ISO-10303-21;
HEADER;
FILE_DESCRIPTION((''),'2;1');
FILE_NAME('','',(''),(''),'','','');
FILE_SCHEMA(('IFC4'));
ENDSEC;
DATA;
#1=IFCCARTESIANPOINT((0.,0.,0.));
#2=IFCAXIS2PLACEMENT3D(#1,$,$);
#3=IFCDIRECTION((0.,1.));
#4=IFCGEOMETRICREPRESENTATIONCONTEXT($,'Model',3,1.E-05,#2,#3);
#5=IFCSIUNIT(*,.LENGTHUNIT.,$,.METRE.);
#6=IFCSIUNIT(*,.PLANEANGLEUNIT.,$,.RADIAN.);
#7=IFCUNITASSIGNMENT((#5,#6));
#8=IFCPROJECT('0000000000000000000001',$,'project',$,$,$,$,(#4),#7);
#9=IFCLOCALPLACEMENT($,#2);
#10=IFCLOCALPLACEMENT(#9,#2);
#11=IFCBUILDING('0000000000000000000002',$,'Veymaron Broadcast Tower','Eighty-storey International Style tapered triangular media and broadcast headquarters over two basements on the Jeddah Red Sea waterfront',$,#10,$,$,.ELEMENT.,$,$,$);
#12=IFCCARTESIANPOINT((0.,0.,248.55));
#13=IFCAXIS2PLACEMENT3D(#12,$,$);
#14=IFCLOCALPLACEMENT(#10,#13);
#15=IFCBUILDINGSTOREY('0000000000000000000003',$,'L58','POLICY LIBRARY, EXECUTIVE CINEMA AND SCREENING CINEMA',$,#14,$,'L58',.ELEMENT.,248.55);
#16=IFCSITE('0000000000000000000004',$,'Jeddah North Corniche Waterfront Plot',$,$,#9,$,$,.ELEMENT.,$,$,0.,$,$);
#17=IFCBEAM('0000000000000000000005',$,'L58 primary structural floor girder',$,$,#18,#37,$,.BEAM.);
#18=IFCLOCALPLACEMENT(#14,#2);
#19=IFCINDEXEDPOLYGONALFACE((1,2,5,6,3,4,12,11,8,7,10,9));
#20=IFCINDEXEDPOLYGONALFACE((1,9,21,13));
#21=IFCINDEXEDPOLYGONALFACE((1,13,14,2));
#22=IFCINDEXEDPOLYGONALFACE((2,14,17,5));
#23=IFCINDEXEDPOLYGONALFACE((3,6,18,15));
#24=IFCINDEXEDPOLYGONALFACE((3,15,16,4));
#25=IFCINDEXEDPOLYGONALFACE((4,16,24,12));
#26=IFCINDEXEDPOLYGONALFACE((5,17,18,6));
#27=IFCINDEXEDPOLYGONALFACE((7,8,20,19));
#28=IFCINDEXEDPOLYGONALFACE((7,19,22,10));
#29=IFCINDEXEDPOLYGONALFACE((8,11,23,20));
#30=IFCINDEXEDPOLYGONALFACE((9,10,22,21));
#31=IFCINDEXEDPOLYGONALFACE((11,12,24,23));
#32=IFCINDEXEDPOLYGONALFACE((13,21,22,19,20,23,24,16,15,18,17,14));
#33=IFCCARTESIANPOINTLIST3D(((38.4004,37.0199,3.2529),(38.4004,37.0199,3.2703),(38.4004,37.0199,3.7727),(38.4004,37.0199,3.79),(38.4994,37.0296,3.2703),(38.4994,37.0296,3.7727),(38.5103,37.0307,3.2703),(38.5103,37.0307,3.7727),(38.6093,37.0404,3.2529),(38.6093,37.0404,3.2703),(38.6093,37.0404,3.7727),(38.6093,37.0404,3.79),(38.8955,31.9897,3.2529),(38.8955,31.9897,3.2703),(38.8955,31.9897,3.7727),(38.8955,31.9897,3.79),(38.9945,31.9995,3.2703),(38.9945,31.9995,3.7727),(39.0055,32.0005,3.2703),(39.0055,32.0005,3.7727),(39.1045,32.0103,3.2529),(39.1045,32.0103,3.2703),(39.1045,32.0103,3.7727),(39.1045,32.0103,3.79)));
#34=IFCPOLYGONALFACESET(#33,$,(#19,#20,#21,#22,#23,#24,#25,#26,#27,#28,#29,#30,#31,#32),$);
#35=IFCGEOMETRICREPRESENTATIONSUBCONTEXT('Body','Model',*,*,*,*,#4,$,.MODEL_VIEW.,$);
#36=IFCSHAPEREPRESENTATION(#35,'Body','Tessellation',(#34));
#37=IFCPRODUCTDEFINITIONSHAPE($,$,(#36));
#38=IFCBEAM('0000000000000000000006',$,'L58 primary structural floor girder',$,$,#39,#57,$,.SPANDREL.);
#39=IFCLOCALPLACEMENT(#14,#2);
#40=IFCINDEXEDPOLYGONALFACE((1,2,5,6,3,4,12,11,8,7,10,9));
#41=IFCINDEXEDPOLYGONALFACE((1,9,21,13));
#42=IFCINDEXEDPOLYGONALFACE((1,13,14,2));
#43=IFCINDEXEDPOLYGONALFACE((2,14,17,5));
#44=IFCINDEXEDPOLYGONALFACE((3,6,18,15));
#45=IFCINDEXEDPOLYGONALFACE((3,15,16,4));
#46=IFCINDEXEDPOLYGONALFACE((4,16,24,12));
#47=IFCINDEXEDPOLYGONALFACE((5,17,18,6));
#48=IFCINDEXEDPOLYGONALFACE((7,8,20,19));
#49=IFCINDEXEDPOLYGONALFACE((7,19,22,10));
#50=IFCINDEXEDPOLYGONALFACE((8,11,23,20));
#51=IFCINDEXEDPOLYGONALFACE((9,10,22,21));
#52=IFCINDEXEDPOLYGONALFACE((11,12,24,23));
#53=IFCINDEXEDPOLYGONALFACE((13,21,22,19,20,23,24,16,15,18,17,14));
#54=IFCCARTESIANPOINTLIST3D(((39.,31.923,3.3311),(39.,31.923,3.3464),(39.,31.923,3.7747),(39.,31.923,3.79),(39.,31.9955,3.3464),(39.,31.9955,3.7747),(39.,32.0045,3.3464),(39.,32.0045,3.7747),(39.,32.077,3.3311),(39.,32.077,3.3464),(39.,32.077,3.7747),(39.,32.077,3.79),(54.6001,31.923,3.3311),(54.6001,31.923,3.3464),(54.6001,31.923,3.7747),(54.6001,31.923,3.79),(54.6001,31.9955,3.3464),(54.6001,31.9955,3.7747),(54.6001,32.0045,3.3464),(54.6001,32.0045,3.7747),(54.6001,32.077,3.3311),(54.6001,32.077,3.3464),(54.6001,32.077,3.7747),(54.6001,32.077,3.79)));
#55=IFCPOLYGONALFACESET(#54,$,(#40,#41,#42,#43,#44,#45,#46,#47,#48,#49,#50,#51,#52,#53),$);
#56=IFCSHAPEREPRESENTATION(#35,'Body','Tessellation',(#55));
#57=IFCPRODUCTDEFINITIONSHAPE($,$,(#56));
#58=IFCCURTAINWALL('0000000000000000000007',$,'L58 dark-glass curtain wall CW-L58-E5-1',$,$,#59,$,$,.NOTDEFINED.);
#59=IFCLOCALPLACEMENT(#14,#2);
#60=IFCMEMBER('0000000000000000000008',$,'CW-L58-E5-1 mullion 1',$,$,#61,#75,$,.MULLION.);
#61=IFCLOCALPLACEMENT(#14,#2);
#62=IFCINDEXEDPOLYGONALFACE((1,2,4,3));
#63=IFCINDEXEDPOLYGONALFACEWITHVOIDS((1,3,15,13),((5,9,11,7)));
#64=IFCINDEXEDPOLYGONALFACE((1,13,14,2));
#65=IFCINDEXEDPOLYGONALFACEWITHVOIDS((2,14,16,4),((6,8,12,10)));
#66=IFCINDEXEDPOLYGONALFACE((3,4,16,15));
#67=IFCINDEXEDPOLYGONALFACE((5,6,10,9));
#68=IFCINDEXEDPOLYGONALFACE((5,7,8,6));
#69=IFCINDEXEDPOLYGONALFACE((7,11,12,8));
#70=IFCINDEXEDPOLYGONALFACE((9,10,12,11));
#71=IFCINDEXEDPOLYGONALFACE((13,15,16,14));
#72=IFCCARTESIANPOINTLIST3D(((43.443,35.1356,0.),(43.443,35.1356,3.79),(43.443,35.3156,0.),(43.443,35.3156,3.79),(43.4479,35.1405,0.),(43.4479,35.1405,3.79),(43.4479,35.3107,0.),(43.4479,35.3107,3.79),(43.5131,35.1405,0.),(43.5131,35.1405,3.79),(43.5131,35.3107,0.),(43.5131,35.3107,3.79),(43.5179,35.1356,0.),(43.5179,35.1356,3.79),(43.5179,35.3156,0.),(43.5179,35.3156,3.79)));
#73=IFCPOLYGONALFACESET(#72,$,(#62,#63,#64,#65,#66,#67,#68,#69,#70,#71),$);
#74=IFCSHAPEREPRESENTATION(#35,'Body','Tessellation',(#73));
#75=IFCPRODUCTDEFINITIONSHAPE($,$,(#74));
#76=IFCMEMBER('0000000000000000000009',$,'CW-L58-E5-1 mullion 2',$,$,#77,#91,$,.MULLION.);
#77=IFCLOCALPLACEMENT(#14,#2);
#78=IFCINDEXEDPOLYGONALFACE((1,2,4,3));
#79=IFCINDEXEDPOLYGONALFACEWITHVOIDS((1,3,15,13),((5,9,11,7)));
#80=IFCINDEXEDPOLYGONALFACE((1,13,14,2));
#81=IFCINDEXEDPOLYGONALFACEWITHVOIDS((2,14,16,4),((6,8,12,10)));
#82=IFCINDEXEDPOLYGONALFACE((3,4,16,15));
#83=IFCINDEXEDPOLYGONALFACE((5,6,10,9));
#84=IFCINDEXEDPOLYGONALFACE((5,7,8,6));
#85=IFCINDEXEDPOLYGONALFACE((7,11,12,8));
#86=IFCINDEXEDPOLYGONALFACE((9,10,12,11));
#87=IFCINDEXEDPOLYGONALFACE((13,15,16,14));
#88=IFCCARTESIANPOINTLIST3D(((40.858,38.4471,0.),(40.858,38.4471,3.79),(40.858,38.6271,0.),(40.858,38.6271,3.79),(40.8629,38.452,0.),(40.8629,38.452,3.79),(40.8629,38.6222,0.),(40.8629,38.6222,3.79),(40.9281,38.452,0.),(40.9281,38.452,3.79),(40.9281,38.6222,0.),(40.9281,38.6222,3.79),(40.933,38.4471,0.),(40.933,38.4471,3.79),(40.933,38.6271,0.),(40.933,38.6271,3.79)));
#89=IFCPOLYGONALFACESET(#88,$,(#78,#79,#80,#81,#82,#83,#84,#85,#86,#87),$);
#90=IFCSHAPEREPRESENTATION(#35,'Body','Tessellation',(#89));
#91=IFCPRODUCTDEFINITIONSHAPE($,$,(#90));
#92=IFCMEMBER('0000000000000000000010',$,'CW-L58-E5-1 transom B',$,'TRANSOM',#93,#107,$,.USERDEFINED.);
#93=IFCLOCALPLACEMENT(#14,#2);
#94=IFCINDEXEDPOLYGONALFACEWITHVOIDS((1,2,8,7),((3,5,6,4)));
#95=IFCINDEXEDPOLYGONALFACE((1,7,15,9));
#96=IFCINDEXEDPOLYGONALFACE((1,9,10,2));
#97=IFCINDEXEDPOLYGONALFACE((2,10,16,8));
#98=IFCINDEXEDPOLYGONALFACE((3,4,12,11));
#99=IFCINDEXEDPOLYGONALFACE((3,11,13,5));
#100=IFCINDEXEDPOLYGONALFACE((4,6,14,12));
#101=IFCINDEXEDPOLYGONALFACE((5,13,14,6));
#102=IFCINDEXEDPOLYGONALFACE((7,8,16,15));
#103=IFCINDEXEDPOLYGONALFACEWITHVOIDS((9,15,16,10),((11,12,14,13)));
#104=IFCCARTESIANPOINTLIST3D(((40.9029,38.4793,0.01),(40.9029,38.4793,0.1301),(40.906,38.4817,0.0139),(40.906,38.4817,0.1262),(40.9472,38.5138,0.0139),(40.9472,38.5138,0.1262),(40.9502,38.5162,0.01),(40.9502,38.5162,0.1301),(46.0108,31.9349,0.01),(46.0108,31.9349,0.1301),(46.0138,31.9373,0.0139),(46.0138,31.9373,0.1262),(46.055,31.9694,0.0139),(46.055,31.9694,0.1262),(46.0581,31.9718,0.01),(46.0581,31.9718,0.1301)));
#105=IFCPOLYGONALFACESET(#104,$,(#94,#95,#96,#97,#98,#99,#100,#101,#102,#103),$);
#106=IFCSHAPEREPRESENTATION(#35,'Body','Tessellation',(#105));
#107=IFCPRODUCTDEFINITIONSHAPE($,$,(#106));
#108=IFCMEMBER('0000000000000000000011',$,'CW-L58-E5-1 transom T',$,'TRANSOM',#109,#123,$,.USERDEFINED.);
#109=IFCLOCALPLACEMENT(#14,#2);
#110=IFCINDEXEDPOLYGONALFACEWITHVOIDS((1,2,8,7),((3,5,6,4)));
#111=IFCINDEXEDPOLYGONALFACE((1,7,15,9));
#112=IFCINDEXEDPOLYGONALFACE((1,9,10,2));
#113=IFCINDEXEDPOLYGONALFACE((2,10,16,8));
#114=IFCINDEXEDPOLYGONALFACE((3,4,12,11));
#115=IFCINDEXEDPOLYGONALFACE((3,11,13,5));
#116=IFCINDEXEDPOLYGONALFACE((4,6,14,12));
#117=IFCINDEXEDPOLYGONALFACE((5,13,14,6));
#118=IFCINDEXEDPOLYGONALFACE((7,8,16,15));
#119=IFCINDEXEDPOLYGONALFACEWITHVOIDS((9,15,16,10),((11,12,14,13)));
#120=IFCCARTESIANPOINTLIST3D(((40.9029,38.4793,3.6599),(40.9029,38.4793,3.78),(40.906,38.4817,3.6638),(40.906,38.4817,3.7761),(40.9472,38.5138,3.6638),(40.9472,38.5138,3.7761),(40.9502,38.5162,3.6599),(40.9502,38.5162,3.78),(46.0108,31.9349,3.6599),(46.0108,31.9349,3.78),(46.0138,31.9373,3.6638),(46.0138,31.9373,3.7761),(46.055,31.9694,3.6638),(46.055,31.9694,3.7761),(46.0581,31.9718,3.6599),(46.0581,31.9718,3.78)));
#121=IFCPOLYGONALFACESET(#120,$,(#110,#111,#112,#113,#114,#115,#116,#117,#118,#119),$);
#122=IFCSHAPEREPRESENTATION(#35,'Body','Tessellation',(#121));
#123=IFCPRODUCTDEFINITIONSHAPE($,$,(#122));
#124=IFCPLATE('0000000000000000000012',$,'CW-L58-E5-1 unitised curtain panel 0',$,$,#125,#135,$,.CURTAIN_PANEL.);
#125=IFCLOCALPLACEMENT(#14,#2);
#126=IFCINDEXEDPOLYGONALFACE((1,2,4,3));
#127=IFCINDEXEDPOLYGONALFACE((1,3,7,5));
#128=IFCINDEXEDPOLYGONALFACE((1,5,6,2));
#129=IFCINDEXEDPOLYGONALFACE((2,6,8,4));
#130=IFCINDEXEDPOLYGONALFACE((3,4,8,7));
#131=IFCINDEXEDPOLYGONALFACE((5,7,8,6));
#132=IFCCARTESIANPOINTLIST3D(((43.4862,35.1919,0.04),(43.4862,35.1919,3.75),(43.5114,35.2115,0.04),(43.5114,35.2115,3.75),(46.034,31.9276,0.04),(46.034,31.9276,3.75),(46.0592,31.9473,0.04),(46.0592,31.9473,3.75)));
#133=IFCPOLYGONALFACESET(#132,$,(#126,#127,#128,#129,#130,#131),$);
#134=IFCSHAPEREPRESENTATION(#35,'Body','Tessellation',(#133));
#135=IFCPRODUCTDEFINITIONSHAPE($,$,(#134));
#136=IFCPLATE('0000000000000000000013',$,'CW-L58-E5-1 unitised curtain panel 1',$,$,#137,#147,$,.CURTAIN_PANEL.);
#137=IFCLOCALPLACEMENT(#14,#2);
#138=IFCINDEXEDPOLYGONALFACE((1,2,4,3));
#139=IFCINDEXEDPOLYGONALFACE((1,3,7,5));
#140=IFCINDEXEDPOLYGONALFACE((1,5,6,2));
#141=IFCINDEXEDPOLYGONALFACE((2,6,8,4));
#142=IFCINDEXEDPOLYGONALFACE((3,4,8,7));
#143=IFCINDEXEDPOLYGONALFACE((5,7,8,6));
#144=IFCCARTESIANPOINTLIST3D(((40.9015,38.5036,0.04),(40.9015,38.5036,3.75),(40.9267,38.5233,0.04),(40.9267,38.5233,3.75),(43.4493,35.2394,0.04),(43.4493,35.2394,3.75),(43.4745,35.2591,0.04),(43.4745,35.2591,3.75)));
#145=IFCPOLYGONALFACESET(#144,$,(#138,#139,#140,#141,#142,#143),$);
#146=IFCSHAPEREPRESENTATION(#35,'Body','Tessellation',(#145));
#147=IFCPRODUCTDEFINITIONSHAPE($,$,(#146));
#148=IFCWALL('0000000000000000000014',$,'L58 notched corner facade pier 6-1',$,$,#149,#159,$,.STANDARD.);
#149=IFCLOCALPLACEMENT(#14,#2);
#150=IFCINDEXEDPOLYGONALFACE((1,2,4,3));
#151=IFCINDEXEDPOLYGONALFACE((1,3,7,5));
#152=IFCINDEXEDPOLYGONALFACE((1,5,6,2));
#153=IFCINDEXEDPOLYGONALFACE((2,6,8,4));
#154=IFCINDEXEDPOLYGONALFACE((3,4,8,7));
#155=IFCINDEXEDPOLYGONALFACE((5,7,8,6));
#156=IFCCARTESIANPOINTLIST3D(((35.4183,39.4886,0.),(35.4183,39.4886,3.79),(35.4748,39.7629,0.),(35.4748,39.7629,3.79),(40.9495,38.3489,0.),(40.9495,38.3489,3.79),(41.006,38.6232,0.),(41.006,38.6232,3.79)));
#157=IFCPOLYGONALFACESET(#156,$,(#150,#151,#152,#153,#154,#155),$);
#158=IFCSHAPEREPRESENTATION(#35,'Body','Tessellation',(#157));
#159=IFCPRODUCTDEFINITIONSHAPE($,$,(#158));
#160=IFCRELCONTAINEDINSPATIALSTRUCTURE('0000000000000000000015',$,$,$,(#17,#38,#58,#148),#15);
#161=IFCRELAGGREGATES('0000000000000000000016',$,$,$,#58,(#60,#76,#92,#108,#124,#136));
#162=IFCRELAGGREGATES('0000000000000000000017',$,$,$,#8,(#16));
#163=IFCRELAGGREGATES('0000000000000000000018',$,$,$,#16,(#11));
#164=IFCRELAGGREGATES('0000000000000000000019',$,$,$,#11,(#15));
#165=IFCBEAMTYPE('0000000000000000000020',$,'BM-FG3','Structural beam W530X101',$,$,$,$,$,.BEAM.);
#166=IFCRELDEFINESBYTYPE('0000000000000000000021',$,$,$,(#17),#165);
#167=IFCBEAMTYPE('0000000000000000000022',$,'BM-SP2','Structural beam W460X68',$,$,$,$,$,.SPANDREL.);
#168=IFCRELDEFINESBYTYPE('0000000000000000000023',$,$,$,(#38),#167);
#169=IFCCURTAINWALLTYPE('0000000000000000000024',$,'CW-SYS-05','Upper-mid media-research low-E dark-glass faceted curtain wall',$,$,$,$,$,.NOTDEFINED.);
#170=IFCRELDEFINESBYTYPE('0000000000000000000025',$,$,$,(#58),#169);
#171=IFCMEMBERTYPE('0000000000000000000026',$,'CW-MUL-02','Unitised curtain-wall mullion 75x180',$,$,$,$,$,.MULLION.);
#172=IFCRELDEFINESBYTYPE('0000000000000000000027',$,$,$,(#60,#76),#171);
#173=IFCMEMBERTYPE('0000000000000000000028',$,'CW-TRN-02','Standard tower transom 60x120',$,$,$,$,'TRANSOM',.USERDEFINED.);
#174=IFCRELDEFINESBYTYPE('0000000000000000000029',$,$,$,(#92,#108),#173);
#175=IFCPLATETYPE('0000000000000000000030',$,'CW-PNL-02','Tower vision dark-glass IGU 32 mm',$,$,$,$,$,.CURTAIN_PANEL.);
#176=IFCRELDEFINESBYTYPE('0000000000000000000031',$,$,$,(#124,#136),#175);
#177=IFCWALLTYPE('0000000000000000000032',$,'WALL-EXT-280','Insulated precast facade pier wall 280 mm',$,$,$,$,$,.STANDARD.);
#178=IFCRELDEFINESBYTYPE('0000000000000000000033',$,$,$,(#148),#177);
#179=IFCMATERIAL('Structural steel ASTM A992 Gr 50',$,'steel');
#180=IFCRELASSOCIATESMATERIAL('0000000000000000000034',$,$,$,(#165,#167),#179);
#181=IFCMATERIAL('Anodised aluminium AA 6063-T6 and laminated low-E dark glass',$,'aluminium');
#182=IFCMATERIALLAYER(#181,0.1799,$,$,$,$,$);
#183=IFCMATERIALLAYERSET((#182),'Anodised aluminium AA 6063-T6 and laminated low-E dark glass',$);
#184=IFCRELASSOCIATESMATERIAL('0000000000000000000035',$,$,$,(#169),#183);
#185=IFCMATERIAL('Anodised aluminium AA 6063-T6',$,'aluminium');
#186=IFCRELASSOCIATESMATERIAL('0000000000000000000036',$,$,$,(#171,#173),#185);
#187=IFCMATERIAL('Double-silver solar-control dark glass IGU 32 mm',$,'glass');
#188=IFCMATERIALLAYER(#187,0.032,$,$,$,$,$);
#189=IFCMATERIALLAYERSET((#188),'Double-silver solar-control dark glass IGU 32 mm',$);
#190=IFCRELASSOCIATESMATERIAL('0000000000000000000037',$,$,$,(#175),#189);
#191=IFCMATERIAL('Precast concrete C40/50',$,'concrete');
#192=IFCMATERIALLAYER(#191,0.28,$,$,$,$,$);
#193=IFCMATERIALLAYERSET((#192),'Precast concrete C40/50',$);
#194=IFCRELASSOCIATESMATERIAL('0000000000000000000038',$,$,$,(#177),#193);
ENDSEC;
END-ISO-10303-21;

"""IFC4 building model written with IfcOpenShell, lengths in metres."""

from ifc_helpers import new_model, si_unit, direction, frame, frame_2d, origin, origin_2d, place, context, subcontext, project, spatial, rectangle, hollow_rectangle, i_section, extrude, material, layer, layer_set, material_profile, profile_set, type_object, element, aggregate, save


model = new_model("IFC4")

# Units and contexts
model_context = context("Model", 3, precision=1e-05, world=origin(), true_north=direction((0.0, 1.0)))
body_context = subcontext(model_context, "Body", "Model", "MODEL_VIEW")
ifc_project = project(units=[si_unit("LENGTHUNIT", "METRE"), si_unit("PLANEANGLEUNIT", "RADIAN")], contexts=[model_context])

# Site, building, storey
site_placement = place(None, origin())
site = spatial("IfcSite", under=ifc_project, at=site_placement, Name="Jeddah North Corniche Waterfront Plot", CompositionType="ELEMENT", RefElevation=0.0)
building_placement = place(site_placement, origin())
building = spatial("IfcBuilding", under=site, at=building_placement, Name="Veymaron Broadcast Tower", Description="Eighty-storey International Style tapered triangular media and broadcast headquarters over two basements on the Jeddah Red Sea waterfront", CompositionType="ELEMENT")
storey_placement = place(building_placement, frame((0.0, 0.0, 248.55)))
storey = spatial("IfcBuildingStorey", under=building, at=storey_placement, Name="L58", Description="POLICY LIBRARY, EXECUTIVE CINEMA AND SCREENING CINEMA", LongName="L58", CompositionType="ELEMENT", Elevation=248.55)

# Beams
ifc_material_1 = material(Name="Structural steel ASTM A992 Gr 50", Category="steel")
ifc_material_profile_1 = material_profile(ifc_material_1, i_section(OverallWidth=0.21, OverallDepth=0.5371, WebThickness=0.011, FlangeThickness=0.0173, at=origin_2d()), Name="W530X101")
ifc_profile_set_1 = profile_set([ifc_material_profile_1], Name="Structural steel ASTM A992 Gr 50")
beam_type_1 = type_object("IfcBeamType", Name="BM-FG3", Description="Structural beam W530X101", PredefinedType="BEAM", material=ifc_profile_set_1)
beam_1_placement = place(storey_placement, frame((39.0, 32.0, 3.5215), z_axis=(-0.097959, 0.99519, 0.0), x_axis=(-0.99519, -0.097959, 0.0)))
element("IfcBeam", 1, at=beam_1_placement, inside=storey, type_object=beam_type_1, Name="L58 primary structural floor girder", PredefinedType="BEAM", context=body_context, shape_type="SweptSolid", body=[
    extrude(i_section(OverallWidth=0.21, OverallDepth=0.5371, WebThickness=0.011, FlangeThickness=0.0173, at=origin_2d()), origin(), (0.0, 0.0, 1.0), 5.0544),
])
ifc_material_profile_2 = material_profile(ifc_material_1, i_section(OverallWidth=0.1541, OverallDepth=0.459, WebThickness=0.009, FlangeThickness=0.0154, at=origin_2d()), Name="W460X68")
ifc_profile_set_2 = profile_set([ifc_material_profile_2], Name="Structural steel ASTM A992 Gr 50")
beam_type_2 = type_object("IfcBeamType", Name="BM-SP2", Description="Structural beam W460X68", PredefinedType="SPANDREL", material=ifc_profile_set_2)
beam_2_placement = place(storey_placement, frame((39.0, 32.0, 3.5605), z_axis=(1.0, 0.0, 0.0), x_axis=(0.0, 1.0, 0.0)))
element("IfcBeam", 2, at=beam_2_placement, inside=storey, type_object=beam_type_2, Name="L58 primary structural floor girder", PredefinedType="SPANDREL", context=body_context, shape_type="SweptSolid", body=[
    extrude(i_section(OverallWidth=0.1541, OverallDepth=0.459, WebThickness=0.009, FlangeThickness=0.0154, at=origin_2d()), origin(), (0.0, 0.0, 1.0), 15.6001),
])

# Curtain wall, members, plates
ifc_material_2 = material(Name="Anodised aluminium AA 6063-T6 and laminated low-E dark glass", Category="aluminium")
ifc_layer_1 = layer(ifc_material_2, 0.1799)
ifc_layer_set_1 = layer_set([ifc_layer_1], Name="Anodised aluminium AA 6063-T6 and laminated low-E dark glass")
curtain_wall_type = type_object("IfcCurtainWallType", Name="CW-SYS-05", Description="Upper-mid media-research low-E dark-glass faceted curtain wall", PredefinedType="NOTDEFINED", material=ifc_layer_set_1)
curtain_wall_placement = place(storey_placement, origin())
curtain_wall = element("IfcCurtainWall", 3, at=curtain_wall_placement, inside=storey, type_object=curtain_wall_type, Name="L58 dark-glass curtain wall CW-L58-E5-1", PredefinedType="NOTDEFINED")
ifc_material_3 = material(Name="Anodised aluminium AA 6063-T6", Category="aluminium")
ifc_material_profile_3 = material_profile(ifc_material_3, hollow_rectangle(XDim=0.075, YDim=0.1799, WallThickness=0.0049, at=origin_2d()), Name="AL180X75X5")
ifc_profile_set_3 = profile_set([ifc_material_profile_3], Name="Anodised aluminium AA 6063-T6")
member_type_1 = type_object("IfcMemberType", Name="CW-MUL-02", Description="Unitised curtain-wall mullion 75x180", PredefinedType="MULLION", material=ifc_profile_set_3)
member_1_placement = place(storey_placement, frame((43.4805, 35.2256, 0.0), z_axis=(0.0, 0.0, 1.0), x_axis=(1.0, 0.0, 0.0)))
member_1 = element("IfcMember", 4, at=member_1_placement, type_object=member_type_1, Name="CW-L58-E5-1 mullion 1", PredefinedType="MULLION", context=body_context, shape_type="SweptSolid", body=[
    extrude(hollow_rectangle(XDim=0.075, YDim=0.1799, WallThickness=0.0049, at=origin_2d()), origin(), (0.0, 0.0, 1.0), 3.79),
])
member_2_placement = place(storey_placement, frame((40.8955, 38.5371, 0.0), z_axis=(0.0, 0.0, 1.0), x_axis=(1.0, 0.0, 0.0)))
member_2 = element("IfcMember", 5, at=member_2_placement, type_object=member_type_1, Name="CW-L58-E5-1 mullion 2", PredefinedType="MULLION", context=body_context, shape_type="SweptSolid", body=[
    extrude(hollow_rectangle(XDim=0.075, YDim=0.1799, WallThickness=0.0049, at=origin_2d()), origin(), (0.0, 0.0, 1.0), 3.79),
])
ifc_material_profile_4 = material_profile(ifc_material_3, hollow_rectangle(XDim=0.0601, YDim=0.1201, WallThickness=0.0039, at=origin_2d()), Name="AL120X60X4")
ifc_profile_set_4 = profile_set([ifc_material_profile_4], Name="Anodised aluminium AA 6063-T6")
member_type_2 = type_object("IfcMemberType", Name="CW-TRN-02", Description="Standard tower transom 60x120", ElementType="TRANSOM", PredefinedType="USERDEFINED", material=ifc_profile_set_4)
member_3_placement = place(storey_placement, frame((46.0344, 31.9534, 0.0701), z_axis=(-0.615275, 0.788312, 0.0), x_axis=(-0.788312, -0.615275, 0.0)))
member_3 = element("IfcMember", 6, at=member_3_placement, type_object=member_type_2, Name="CW-L58-E5-1 transom B", ObjectType="TRANSOM", PredefinedType="USERDEFINED", context=body_context, shape_type="SweptSolid", body=[
    extrude(hollow_rectangle(XDim=0.0601, YDim=0.1201, WallThickness=0.0039, at=origin_2d()), origin(), (0.0, 0.0, 1.0), 8.3018),
])
member_4_placement = place(storey_placement, frame((46.0344, 31.9534, 3.72), z_axis=(-0.615275, 0.788312, 0.0), x_axis=(-0.788312, -0.615275, 0.0)))
member_4 = element("IfcMember", 7, at=member_4_placement, type_object=member_type_2, Name="CW-L58-E5-1 transom T", ObjectType="TRANSOM", PredefinedType="USERDEFINED", context=body_context, shape_type="SweptSolid", body=[
    extrude(hollow_rectangle(XDim=0.0601, YDim=0.1201, WallThickness=0.0039, at=origin_2d()), origin(), (0.0, 0.0, 1.0), 8.3018),
])
ifc_material_4 = material(Name="Double-silver solar-control dark glass IGU 32 mm", Category="glass")
ifc_layer_2 = layer(ifc_material_4, 0.032)
ifc_layer_set_2 = layer_set([ifc_layer_2], Name="Double-silver solar-control dark glass IGU 32 mm")
plate_type = type_object("IfcPlateType", Name="CW-PNL-02", Description="Tower vision dark-glass IGU 32 mm", PredefinedType="CURTAIN_PANEL", material=ifc_layer_set_2)
plate_1_placement = place(storey_placement, frame((44.7727, 33.5696, 0.04), z_axis=(0.0, 0.0, 1.0), x_axis=(-0.61529, 0.788301, 0.0)))
plate_1 = element("IfcPlate", 8, at=plate_1_placement, type_object=plate_type, Name="CW-L58-E5-1 unitised curtain panel 0", PredefinedType="CURTAIN_PANEL", context=body_context, shape_type="SweptSolid", body=[
    extrude(rectangle(XDim=4.1409, YDim=0.032, at=origin_2d()), origin(), (0.0, 0.0, 1.0), 3.71),
])
plate_2_placement = place(storey_placement, frame((42.188, 36.8813, 0.04), z_axis=(0.0, 0.0, 1.0), x_axis=(-0.61529, 0.788301, 0.0)))
plate_2 = element("IfcPlate", 9, at=plate_2_placement, type_object=plate_type, Name="CW-L58-E5-1 unitised curtain panel 1", PredefinedType="CURTAIN_PANEL", context=body_context, shape_type="SweptSolid", body=[
    extrude(rectangle(XDim=4.1409, YDim=0.032, at=origin_2d()), origin(), (0.0, 0.0, 1.0), 3.71),
])
aggregate(curtain_wall, [member_1, member_2, member_3, member_4, plate_1, plate_2])

# Wall
ifc_material_5 = material(Name="Precast concrete C40/50", Category="concrete")
ifc_layer_3 = layer(ifc_material_5, 0.28)
ifc_layer_set_3 = layer_set([ifc_layer_3], Name="Precast concrete C40/50")
wall_type_1 = type_object("IfcWallType", Name="WALL-EXT-280", Description="Insulated precast facade pier wall 280 mm", PredefinedType="STANDARD", material=ifc_layer_set_3)
wall_1_placement = place(storey_placement, frame((40.9778, 38.4861, 0.0), z_axis=(0.0, 0.0, 1.0), x_axis=(-0.979427, 0.201799, 0.0)))
element("IfcWall", 10, at=wall_1_placement, inside=storey, type_object=wall_type_1, Name="L58 notched corner facade pier 6-1", PredefinedType="STANDARD", context=body_context, shape_type="SweptSolid", body=[
    extrude(rectangle(XDim=5.6475, YDim=0.28, at=frame_2d((2.8237, 0.0))), origin(), (0.0, 0.0, 1.0), 3.79),
])

save(model, "model.ifc")
